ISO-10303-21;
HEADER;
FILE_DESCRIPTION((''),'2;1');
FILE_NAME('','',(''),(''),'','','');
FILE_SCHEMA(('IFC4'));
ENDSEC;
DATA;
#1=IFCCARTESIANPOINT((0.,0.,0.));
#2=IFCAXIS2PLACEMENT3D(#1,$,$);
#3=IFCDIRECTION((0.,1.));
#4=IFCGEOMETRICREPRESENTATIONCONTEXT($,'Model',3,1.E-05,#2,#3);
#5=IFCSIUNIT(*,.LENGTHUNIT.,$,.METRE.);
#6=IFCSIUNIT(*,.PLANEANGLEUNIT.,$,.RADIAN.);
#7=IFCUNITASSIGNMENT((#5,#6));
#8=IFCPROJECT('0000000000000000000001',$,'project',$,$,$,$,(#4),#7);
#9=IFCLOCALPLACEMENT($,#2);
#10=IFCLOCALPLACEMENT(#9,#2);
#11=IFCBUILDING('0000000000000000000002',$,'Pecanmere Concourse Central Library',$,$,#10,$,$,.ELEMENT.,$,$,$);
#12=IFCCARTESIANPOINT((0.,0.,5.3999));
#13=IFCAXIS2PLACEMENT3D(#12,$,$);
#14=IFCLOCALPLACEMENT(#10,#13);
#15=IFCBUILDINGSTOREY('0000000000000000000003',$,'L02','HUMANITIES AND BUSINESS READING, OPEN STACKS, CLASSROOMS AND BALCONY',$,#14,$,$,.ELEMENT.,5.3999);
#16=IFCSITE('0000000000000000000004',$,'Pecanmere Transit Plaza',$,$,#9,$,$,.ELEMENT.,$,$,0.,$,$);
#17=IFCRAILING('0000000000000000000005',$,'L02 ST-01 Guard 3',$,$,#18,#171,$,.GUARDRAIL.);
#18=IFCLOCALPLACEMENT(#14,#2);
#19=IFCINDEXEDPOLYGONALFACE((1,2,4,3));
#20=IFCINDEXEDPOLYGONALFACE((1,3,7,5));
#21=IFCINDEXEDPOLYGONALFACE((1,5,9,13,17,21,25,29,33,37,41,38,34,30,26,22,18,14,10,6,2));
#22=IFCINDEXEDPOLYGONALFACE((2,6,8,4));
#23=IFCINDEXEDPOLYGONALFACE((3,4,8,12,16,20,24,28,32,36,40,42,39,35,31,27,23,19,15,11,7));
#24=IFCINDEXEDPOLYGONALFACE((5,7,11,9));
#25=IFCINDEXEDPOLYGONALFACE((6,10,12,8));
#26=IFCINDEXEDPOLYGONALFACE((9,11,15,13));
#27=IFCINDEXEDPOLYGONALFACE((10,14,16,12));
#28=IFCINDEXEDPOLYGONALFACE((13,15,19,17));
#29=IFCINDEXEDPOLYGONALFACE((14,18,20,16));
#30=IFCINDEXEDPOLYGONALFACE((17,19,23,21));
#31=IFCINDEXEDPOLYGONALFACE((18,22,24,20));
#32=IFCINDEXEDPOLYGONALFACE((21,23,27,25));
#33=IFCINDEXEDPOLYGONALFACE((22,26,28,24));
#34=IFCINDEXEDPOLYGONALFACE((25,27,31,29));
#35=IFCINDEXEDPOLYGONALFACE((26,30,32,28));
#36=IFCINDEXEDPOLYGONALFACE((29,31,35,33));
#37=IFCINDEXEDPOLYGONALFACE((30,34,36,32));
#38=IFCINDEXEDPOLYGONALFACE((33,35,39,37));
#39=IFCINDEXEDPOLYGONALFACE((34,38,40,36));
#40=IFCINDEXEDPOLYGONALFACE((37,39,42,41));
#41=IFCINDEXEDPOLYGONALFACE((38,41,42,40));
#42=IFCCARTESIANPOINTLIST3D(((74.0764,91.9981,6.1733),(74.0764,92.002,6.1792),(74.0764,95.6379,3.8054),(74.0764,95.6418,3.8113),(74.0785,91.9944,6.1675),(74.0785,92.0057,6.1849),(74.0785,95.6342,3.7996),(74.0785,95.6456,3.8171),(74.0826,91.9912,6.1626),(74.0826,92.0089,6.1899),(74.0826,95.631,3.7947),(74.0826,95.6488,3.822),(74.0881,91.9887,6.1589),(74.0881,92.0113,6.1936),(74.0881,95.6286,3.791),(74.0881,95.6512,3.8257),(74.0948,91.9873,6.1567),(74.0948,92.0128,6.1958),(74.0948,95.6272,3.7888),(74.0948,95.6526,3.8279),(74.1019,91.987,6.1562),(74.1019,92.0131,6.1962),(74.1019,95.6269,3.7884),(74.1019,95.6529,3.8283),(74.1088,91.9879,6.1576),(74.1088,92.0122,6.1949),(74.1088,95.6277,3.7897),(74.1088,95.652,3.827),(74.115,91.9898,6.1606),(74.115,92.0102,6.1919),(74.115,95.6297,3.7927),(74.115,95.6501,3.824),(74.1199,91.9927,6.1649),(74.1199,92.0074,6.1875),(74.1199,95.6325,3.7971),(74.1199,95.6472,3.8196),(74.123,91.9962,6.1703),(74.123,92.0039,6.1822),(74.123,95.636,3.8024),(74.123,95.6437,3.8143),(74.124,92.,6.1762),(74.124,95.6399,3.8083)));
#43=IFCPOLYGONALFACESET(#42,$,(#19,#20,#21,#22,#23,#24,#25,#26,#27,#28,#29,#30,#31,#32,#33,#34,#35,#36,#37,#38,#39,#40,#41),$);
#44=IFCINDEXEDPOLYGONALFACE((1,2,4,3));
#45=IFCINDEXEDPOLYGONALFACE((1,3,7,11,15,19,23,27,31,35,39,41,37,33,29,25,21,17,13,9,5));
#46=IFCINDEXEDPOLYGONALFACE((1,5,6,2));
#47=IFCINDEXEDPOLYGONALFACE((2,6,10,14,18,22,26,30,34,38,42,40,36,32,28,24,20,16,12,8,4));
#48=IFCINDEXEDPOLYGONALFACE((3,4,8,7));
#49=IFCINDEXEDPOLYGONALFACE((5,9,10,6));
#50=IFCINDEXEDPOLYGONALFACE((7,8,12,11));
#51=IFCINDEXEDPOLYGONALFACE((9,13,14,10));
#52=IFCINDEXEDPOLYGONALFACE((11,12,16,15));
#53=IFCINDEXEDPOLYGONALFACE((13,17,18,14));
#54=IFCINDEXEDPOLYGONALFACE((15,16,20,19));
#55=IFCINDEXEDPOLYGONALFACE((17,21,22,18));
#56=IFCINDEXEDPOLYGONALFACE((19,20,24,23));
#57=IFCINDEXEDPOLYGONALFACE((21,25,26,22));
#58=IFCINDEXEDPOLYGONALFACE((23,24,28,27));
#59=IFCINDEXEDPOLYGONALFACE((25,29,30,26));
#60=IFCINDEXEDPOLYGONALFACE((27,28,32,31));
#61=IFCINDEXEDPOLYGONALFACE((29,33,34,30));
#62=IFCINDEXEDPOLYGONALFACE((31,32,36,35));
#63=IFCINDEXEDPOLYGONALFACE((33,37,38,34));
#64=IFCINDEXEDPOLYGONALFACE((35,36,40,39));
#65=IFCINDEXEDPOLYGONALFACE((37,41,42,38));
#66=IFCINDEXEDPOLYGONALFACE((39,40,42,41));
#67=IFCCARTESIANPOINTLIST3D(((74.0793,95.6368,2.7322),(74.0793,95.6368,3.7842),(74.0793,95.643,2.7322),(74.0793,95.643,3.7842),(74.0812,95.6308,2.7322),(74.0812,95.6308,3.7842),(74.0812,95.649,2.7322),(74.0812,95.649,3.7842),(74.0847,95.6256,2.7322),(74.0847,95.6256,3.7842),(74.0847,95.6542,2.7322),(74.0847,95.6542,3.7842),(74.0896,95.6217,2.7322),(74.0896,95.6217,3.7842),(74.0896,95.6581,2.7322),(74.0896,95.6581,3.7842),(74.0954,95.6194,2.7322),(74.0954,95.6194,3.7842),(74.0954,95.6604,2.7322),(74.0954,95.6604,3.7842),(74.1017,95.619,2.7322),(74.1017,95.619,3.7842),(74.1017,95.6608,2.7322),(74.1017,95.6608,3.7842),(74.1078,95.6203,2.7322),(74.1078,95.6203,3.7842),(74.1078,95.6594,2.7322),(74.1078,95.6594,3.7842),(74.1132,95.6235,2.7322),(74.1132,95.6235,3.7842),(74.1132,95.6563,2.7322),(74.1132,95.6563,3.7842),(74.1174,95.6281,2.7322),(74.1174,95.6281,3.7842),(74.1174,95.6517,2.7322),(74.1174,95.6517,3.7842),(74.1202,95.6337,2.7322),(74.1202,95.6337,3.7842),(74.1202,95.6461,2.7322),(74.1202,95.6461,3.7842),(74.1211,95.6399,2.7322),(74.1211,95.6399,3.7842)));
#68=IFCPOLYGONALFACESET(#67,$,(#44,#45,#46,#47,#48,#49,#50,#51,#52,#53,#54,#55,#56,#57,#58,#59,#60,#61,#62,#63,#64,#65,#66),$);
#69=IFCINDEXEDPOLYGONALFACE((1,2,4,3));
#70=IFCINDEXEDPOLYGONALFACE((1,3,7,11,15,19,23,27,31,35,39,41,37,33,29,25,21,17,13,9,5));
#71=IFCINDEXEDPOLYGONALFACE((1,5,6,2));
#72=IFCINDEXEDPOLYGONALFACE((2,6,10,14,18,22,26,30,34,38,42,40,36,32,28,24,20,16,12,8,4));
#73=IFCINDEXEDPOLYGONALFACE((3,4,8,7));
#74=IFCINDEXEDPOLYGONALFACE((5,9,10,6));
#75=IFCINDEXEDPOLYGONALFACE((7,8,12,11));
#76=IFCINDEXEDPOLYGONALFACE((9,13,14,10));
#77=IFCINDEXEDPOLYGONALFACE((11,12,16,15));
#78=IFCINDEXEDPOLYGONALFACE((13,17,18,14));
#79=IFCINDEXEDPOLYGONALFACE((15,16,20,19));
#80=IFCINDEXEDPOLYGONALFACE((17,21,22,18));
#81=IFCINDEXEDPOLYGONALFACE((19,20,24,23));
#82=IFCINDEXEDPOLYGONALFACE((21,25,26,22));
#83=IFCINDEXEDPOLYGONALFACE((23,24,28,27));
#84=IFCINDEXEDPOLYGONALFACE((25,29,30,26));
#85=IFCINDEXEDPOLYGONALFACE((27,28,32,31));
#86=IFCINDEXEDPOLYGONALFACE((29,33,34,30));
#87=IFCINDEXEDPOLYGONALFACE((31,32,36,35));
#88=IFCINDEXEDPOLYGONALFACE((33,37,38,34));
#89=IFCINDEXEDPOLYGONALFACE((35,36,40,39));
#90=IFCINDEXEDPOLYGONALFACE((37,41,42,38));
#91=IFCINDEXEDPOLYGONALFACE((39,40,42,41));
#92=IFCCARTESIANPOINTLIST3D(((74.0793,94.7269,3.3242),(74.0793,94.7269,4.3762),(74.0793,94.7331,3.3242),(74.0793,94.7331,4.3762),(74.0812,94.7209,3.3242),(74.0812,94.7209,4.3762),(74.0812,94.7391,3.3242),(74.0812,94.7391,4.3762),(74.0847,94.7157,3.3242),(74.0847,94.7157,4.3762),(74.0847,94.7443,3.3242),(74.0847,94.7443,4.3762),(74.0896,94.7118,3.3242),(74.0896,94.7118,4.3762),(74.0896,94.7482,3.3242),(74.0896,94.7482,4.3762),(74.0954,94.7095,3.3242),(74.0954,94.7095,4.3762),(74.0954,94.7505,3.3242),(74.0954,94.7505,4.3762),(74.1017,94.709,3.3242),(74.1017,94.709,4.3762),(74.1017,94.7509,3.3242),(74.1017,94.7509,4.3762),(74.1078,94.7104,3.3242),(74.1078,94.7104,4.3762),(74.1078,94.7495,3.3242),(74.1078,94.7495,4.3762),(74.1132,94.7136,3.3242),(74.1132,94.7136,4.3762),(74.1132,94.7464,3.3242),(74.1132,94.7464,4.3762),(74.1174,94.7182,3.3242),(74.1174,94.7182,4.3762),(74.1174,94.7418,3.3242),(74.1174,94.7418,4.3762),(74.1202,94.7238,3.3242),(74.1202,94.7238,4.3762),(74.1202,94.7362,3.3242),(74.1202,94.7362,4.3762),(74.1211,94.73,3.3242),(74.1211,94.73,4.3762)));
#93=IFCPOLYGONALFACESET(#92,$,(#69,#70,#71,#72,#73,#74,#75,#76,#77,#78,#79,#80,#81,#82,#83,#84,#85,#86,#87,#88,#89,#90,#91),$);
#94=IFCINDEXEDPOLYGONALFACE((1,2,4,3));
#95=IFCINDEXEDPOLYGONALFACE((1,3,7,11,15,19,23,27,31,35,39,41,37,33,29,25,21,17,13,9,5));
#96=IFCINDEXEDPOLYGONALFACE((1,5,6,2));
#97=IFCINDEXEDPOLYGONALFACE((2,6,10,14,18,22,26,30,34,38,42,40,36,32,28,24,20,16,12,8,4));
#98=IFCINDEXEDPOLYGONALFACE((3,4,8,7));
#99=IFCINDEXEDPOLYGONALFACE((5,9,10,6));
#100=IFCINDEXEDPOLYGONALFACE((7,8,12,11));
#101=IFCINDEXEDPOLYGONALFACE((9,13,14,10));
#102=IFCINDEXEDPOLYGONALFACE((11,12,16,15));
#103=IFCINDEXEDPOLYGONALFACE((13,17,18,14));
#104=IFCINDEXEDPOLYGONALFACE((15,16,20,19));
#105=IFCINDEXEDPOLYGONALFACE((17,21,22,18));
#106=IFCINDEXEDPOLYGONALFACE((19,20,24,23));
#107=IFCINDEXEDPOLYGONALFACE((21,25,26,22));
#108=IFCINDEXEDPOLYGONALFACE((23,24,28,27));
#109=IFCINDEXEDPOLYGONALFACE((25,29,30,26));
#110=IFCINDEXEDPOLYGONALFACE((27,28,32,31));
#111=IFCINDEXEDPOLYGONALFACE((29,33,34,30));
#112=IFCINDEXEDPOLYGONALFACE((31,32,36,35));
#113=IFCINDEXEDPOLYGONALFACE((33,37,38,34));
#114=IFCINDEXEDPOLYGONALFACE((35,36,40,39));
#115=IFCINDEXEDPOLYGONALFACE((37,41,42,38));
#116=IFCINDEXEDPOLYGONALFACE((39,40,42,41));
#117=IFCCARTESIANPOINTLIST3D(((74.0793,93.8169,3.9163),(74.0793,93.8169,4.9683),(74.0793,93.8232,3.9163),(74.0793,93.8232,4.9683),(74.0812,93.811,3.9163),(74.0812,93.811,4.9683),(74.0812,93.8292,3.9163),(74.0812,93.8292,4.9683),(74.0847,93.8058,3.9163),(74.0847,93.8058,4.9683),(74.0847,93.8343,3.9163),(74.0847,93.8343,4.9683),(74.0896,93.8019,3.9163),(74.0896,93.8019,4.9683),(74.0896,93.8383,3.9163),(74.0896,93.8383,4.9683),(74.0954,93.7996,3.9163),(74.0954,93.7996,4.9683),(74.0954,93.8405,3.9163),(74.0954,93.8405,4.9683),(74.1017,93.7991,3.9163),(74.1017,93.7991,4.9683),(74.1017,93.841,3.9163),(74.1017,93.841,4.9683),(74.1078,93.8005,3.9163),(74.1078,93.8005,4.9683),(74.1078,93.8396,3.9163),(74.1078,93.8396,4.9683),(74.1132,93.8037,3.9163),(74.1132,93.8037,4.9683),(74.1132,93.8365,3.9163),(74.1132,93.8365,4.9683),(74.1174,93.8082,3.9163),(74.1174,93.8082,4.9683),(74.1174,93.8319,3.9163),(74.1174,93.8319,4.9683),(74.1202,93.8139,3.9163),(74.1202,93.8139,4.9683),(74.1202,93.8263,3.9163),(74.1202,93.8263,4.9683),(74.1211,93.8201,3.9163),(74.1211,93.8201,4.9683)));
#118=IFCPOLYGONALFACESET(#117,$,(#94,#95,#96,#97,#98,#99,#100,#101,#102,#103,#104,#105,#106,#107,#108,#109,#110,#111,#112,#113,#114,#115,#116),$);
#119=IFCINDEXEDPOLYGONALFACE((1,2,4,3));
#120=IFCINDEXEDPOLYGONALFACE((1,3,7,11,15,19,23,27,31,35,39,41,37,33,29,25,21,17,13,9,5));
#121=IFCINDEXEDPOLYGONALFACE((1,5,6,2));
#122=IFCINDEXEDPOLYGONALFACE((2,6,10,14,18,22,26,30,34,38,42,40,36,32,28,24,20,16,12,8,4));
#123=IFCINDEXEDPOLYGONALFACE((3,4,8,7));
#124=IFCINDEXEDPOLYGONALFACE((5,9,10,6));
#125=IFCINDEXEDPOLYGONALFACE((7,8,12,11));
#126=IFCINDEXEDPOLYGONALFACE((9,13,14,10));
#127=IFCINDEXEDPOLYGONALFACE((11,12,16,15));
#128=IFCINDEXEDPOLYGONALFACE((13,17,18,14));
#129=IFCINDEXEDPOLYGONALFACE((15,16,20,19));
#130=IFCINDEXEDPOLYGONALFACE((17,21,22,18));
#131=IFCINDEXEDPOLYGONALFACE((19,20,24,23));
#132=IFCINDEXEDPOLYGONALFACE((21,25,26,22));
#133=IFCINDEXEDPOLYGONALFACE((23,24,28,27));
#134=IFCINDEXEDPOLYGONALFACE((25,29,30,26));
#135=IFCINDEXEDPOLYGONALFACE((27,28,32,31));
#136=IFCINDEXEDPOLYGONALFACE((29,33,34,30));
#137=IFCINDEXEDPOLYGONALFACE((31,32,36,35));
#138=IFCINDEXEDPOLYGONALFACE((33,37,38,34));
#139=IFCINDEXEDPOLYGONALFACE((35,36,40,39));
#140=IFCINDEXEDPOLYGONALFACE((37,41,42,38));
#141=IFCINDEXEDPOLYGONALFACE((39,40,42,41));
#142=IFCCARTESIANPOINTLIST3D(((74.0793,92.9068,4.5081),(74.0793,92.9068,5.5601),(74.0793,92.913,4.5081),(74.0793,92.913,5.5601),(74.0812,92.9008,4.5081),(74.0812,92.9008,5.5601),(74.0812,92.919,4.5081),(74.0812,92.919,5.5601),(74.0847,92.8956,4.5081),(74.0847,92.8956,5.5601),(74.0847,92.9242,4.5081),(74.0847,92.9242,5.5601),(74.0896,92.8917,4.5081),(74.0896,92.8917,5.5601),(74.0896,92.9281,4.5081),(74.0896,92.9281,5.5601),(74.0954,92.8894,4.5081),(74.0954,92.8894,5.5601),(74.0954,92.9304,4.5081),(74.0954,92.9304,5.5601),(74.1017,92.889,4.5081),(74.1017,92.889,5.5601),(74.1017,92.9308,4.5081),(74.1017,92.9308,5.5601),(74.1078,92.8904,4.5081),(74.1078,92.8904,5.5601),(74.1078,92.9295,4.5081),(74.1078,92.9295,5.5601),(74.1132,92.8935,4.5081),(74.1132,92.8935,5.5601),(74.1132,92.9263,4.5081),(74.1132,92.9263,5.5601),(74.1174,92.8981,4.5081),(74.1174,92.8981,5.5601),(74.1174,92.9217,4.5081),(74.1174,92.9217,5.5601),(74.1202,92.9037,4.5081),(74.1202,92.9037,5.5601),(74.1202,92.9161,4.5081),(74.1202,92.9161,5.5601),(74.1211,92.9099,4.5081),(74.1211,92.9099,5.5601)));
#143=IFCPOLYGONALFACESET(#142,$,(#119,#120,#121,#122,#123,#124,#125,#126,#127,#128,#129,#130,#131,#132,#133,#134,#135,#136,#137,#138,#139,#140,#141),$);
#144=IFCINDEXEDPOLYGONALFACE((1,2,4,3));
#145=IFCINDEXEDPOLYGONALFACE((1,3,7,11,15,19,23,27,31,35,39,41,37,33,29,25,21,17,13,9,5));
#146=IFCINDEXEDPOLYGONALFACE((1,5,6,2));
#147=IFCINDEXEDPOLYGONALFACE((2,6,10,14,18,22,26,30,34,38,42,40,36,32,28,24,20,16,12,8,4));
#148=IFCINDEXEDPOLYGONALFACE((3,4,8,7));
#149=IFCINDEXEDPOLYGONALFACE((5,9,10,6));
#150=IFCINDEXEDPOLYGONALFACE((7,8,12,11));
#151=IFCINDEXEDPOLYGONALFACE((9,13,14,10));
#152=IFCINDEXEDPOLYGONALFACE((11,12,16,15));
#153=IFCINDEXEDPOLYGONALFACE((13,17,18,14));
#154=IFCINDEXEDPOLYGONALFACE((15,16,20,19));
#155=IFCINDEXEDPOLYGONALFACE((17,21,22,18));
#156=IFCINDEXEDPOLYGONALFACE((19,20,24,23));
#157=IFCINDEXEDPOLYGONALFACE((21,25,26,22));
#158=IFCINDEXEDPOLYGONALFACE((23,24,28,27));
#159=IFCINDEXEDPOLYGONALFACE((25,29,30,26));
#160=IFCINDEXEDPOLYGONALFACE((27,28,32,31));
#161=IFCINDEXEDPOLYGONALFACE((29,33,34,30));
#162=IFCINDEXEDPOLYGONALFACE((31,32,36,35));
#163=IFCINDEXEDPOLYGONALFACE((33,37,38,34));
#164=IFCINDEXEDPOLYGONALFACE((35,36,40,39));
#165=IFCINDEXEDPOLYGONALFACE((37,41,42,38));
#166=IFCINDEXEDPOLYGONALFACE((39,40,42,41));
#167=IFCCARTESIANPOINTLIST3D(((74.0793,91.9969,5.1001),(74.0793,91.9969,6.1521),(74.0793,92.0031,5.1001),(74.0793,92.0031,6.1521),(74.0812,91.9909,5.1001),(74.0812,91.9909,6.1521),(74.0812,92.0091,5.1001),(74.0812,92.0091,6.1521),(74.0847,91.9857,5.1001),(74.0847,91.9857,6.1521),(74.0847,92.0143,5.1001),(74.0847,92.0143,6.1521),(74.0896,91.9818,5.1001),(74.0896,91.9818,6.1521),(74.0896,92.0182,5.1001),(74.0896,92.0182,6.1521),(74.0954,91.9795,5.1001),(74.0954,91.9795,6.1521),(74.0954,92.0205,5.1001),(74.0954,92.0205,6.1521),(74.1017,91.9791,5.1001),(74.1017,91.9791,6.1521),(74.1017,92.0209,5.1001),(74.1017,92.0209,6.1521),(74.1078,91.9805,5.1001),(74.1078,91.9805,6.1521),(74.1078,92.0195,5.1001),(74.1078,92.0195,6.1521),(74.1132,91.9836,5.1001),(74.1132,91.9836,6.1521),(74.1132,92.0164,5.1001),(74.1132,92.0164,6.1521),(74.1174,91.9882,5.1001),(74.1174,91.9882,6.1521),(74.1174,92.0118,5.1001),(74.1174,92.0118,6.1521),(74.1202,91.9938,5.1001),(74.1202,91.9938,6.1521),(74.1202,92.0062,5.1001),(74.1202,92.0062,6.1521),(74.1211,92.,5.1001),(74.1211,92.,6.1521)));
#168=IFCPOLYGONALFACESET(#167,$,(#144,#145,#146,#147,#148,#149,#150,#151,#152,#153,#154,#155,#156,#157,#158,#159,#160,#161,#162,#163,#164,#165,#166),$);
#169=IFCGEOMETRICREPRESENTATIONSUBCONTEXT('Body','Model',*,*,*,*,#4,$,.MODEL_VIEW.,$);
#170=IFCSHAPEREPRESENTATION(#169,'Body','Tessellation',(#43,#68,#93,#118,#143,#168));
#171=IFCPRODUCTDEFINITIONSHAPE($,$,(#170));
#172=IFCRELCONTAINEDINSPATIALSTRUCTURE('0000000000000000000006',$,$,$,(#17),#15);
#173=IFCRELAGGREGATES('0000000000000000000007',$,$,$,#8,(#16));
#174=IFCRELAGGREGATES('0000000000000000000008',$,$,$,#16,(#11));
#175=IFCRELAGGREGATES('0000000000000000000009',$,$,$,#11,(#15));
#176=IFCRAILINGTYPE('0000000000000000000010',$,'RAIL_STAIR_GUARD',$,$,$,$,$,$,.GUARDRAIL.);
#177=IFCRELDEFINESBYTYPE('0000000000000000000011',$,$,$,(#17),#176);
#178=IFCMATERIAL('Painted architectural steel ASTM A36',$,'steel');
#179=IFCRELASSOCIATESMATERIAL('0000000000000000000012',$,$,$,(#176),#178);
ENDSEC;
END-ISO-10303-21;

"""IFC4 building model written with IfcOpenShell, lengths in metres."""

from ifc_helpers import new_model, si_unit, direction, frame, origin, origin_2d, place, context, subcontext, project, spatial, circle, extrude, material, type_object, element, save


model = new_model("IFC4")

# Units and contexts
model_context = context("Model", 3, precision=1e-05, world=origin(), true_north=direction((0.0, 1.0)))
body_context = subcontext(model_context, "Body", "Model", "MODEL_VIEW")
ifc_project = project(units=[si_unit("LENGTHUNIT", "METRE"), si_unit("PLANEANGLEUNIT", "RADIAN")], contexts=[model_context])

# Site, building, storey
site_placement = place(None, origin())
site = spatial("IfcSite", under=ifc_project, at=site_placement, Name="Pecanmere Transit Plaza", CompositionType="ELEMENT", RefElevation=0.0)
building_placement = place(site_placement, origin())
building = spatial("IfcBuilding", under=site, at=building_placement, Name="Pecanmere Concourse Central Library", CompositionType="ELEMENT")
storey_placement = place(building_placement, frame((0.0, 0.0, 5.3999)))
storey = spatial("IfcBuildingStorey", under=building, at=storey_placement, Name="L02", Description="HUMANITIES AND BUSINESS READING, OPEN STACKS, CLASSROOMS AND BALCONY", CompositionType="ELEMENT", Elevation=5.3999)

# Railing
ifc_material_1 = material(Name="Painted architectural steel ASTM A36", Category="steel")
railing_type_1 = type_object("IfcRailingType", Name="RAIL_STAIR_GUARD", PredefinedType="GUARDRAIL", material=ifc_material_1)
railing_1_placement = place(storey_placement, frame((74.1001, 95.6399, 2.7322)))
element("IfcRailing", 1, at=railing_1_placement, inside=storey, type_object=railing_type_1, Name="L02 ST-01 Guard 3", PredefinedType="GUARDRAIL", context=body_context, shape_type="SweptSolid", body=[
    extrude(circle(Radius=0.0239, at=origin_2d()), frame((0.0, 0.0, 1.0762), z_axis=(0.0, -0.838234, 0.54531), x_axis=(1.0, 0.0, 0.0)), (0.0, 0.0, 1.0), 4.3423),
    extrude(circle(Radius=0.021, at=origin_2d()), origin(), (0.0, 0.0, 1.0), 1.052),
    extrude(circle(Radius=0.021, at=origin_2d()), frame((0.0, -0.9099, 0.592)), (0.0, 0.0, 1.0), 1.052),
    extrude(circle(Radius=0.021, at=origin_2d()), frame((0.0, -1.8198, 1.1841)), (0.0, 0.0, 1.0), 1.052),
    extrude(circle(Radius=0.021, at=origin_2d()), frame((0.0, -2.73, 1.7759)), (0.0, 0.0, 1.0), 1.052),
    extrude(circle(Radius=0.021, at=origin_2d()), frame((0.0, -3.6399, 2.3679)), (0.0, 0.0, 1.0), 1.052),
])

save(model, "model.ifc")
